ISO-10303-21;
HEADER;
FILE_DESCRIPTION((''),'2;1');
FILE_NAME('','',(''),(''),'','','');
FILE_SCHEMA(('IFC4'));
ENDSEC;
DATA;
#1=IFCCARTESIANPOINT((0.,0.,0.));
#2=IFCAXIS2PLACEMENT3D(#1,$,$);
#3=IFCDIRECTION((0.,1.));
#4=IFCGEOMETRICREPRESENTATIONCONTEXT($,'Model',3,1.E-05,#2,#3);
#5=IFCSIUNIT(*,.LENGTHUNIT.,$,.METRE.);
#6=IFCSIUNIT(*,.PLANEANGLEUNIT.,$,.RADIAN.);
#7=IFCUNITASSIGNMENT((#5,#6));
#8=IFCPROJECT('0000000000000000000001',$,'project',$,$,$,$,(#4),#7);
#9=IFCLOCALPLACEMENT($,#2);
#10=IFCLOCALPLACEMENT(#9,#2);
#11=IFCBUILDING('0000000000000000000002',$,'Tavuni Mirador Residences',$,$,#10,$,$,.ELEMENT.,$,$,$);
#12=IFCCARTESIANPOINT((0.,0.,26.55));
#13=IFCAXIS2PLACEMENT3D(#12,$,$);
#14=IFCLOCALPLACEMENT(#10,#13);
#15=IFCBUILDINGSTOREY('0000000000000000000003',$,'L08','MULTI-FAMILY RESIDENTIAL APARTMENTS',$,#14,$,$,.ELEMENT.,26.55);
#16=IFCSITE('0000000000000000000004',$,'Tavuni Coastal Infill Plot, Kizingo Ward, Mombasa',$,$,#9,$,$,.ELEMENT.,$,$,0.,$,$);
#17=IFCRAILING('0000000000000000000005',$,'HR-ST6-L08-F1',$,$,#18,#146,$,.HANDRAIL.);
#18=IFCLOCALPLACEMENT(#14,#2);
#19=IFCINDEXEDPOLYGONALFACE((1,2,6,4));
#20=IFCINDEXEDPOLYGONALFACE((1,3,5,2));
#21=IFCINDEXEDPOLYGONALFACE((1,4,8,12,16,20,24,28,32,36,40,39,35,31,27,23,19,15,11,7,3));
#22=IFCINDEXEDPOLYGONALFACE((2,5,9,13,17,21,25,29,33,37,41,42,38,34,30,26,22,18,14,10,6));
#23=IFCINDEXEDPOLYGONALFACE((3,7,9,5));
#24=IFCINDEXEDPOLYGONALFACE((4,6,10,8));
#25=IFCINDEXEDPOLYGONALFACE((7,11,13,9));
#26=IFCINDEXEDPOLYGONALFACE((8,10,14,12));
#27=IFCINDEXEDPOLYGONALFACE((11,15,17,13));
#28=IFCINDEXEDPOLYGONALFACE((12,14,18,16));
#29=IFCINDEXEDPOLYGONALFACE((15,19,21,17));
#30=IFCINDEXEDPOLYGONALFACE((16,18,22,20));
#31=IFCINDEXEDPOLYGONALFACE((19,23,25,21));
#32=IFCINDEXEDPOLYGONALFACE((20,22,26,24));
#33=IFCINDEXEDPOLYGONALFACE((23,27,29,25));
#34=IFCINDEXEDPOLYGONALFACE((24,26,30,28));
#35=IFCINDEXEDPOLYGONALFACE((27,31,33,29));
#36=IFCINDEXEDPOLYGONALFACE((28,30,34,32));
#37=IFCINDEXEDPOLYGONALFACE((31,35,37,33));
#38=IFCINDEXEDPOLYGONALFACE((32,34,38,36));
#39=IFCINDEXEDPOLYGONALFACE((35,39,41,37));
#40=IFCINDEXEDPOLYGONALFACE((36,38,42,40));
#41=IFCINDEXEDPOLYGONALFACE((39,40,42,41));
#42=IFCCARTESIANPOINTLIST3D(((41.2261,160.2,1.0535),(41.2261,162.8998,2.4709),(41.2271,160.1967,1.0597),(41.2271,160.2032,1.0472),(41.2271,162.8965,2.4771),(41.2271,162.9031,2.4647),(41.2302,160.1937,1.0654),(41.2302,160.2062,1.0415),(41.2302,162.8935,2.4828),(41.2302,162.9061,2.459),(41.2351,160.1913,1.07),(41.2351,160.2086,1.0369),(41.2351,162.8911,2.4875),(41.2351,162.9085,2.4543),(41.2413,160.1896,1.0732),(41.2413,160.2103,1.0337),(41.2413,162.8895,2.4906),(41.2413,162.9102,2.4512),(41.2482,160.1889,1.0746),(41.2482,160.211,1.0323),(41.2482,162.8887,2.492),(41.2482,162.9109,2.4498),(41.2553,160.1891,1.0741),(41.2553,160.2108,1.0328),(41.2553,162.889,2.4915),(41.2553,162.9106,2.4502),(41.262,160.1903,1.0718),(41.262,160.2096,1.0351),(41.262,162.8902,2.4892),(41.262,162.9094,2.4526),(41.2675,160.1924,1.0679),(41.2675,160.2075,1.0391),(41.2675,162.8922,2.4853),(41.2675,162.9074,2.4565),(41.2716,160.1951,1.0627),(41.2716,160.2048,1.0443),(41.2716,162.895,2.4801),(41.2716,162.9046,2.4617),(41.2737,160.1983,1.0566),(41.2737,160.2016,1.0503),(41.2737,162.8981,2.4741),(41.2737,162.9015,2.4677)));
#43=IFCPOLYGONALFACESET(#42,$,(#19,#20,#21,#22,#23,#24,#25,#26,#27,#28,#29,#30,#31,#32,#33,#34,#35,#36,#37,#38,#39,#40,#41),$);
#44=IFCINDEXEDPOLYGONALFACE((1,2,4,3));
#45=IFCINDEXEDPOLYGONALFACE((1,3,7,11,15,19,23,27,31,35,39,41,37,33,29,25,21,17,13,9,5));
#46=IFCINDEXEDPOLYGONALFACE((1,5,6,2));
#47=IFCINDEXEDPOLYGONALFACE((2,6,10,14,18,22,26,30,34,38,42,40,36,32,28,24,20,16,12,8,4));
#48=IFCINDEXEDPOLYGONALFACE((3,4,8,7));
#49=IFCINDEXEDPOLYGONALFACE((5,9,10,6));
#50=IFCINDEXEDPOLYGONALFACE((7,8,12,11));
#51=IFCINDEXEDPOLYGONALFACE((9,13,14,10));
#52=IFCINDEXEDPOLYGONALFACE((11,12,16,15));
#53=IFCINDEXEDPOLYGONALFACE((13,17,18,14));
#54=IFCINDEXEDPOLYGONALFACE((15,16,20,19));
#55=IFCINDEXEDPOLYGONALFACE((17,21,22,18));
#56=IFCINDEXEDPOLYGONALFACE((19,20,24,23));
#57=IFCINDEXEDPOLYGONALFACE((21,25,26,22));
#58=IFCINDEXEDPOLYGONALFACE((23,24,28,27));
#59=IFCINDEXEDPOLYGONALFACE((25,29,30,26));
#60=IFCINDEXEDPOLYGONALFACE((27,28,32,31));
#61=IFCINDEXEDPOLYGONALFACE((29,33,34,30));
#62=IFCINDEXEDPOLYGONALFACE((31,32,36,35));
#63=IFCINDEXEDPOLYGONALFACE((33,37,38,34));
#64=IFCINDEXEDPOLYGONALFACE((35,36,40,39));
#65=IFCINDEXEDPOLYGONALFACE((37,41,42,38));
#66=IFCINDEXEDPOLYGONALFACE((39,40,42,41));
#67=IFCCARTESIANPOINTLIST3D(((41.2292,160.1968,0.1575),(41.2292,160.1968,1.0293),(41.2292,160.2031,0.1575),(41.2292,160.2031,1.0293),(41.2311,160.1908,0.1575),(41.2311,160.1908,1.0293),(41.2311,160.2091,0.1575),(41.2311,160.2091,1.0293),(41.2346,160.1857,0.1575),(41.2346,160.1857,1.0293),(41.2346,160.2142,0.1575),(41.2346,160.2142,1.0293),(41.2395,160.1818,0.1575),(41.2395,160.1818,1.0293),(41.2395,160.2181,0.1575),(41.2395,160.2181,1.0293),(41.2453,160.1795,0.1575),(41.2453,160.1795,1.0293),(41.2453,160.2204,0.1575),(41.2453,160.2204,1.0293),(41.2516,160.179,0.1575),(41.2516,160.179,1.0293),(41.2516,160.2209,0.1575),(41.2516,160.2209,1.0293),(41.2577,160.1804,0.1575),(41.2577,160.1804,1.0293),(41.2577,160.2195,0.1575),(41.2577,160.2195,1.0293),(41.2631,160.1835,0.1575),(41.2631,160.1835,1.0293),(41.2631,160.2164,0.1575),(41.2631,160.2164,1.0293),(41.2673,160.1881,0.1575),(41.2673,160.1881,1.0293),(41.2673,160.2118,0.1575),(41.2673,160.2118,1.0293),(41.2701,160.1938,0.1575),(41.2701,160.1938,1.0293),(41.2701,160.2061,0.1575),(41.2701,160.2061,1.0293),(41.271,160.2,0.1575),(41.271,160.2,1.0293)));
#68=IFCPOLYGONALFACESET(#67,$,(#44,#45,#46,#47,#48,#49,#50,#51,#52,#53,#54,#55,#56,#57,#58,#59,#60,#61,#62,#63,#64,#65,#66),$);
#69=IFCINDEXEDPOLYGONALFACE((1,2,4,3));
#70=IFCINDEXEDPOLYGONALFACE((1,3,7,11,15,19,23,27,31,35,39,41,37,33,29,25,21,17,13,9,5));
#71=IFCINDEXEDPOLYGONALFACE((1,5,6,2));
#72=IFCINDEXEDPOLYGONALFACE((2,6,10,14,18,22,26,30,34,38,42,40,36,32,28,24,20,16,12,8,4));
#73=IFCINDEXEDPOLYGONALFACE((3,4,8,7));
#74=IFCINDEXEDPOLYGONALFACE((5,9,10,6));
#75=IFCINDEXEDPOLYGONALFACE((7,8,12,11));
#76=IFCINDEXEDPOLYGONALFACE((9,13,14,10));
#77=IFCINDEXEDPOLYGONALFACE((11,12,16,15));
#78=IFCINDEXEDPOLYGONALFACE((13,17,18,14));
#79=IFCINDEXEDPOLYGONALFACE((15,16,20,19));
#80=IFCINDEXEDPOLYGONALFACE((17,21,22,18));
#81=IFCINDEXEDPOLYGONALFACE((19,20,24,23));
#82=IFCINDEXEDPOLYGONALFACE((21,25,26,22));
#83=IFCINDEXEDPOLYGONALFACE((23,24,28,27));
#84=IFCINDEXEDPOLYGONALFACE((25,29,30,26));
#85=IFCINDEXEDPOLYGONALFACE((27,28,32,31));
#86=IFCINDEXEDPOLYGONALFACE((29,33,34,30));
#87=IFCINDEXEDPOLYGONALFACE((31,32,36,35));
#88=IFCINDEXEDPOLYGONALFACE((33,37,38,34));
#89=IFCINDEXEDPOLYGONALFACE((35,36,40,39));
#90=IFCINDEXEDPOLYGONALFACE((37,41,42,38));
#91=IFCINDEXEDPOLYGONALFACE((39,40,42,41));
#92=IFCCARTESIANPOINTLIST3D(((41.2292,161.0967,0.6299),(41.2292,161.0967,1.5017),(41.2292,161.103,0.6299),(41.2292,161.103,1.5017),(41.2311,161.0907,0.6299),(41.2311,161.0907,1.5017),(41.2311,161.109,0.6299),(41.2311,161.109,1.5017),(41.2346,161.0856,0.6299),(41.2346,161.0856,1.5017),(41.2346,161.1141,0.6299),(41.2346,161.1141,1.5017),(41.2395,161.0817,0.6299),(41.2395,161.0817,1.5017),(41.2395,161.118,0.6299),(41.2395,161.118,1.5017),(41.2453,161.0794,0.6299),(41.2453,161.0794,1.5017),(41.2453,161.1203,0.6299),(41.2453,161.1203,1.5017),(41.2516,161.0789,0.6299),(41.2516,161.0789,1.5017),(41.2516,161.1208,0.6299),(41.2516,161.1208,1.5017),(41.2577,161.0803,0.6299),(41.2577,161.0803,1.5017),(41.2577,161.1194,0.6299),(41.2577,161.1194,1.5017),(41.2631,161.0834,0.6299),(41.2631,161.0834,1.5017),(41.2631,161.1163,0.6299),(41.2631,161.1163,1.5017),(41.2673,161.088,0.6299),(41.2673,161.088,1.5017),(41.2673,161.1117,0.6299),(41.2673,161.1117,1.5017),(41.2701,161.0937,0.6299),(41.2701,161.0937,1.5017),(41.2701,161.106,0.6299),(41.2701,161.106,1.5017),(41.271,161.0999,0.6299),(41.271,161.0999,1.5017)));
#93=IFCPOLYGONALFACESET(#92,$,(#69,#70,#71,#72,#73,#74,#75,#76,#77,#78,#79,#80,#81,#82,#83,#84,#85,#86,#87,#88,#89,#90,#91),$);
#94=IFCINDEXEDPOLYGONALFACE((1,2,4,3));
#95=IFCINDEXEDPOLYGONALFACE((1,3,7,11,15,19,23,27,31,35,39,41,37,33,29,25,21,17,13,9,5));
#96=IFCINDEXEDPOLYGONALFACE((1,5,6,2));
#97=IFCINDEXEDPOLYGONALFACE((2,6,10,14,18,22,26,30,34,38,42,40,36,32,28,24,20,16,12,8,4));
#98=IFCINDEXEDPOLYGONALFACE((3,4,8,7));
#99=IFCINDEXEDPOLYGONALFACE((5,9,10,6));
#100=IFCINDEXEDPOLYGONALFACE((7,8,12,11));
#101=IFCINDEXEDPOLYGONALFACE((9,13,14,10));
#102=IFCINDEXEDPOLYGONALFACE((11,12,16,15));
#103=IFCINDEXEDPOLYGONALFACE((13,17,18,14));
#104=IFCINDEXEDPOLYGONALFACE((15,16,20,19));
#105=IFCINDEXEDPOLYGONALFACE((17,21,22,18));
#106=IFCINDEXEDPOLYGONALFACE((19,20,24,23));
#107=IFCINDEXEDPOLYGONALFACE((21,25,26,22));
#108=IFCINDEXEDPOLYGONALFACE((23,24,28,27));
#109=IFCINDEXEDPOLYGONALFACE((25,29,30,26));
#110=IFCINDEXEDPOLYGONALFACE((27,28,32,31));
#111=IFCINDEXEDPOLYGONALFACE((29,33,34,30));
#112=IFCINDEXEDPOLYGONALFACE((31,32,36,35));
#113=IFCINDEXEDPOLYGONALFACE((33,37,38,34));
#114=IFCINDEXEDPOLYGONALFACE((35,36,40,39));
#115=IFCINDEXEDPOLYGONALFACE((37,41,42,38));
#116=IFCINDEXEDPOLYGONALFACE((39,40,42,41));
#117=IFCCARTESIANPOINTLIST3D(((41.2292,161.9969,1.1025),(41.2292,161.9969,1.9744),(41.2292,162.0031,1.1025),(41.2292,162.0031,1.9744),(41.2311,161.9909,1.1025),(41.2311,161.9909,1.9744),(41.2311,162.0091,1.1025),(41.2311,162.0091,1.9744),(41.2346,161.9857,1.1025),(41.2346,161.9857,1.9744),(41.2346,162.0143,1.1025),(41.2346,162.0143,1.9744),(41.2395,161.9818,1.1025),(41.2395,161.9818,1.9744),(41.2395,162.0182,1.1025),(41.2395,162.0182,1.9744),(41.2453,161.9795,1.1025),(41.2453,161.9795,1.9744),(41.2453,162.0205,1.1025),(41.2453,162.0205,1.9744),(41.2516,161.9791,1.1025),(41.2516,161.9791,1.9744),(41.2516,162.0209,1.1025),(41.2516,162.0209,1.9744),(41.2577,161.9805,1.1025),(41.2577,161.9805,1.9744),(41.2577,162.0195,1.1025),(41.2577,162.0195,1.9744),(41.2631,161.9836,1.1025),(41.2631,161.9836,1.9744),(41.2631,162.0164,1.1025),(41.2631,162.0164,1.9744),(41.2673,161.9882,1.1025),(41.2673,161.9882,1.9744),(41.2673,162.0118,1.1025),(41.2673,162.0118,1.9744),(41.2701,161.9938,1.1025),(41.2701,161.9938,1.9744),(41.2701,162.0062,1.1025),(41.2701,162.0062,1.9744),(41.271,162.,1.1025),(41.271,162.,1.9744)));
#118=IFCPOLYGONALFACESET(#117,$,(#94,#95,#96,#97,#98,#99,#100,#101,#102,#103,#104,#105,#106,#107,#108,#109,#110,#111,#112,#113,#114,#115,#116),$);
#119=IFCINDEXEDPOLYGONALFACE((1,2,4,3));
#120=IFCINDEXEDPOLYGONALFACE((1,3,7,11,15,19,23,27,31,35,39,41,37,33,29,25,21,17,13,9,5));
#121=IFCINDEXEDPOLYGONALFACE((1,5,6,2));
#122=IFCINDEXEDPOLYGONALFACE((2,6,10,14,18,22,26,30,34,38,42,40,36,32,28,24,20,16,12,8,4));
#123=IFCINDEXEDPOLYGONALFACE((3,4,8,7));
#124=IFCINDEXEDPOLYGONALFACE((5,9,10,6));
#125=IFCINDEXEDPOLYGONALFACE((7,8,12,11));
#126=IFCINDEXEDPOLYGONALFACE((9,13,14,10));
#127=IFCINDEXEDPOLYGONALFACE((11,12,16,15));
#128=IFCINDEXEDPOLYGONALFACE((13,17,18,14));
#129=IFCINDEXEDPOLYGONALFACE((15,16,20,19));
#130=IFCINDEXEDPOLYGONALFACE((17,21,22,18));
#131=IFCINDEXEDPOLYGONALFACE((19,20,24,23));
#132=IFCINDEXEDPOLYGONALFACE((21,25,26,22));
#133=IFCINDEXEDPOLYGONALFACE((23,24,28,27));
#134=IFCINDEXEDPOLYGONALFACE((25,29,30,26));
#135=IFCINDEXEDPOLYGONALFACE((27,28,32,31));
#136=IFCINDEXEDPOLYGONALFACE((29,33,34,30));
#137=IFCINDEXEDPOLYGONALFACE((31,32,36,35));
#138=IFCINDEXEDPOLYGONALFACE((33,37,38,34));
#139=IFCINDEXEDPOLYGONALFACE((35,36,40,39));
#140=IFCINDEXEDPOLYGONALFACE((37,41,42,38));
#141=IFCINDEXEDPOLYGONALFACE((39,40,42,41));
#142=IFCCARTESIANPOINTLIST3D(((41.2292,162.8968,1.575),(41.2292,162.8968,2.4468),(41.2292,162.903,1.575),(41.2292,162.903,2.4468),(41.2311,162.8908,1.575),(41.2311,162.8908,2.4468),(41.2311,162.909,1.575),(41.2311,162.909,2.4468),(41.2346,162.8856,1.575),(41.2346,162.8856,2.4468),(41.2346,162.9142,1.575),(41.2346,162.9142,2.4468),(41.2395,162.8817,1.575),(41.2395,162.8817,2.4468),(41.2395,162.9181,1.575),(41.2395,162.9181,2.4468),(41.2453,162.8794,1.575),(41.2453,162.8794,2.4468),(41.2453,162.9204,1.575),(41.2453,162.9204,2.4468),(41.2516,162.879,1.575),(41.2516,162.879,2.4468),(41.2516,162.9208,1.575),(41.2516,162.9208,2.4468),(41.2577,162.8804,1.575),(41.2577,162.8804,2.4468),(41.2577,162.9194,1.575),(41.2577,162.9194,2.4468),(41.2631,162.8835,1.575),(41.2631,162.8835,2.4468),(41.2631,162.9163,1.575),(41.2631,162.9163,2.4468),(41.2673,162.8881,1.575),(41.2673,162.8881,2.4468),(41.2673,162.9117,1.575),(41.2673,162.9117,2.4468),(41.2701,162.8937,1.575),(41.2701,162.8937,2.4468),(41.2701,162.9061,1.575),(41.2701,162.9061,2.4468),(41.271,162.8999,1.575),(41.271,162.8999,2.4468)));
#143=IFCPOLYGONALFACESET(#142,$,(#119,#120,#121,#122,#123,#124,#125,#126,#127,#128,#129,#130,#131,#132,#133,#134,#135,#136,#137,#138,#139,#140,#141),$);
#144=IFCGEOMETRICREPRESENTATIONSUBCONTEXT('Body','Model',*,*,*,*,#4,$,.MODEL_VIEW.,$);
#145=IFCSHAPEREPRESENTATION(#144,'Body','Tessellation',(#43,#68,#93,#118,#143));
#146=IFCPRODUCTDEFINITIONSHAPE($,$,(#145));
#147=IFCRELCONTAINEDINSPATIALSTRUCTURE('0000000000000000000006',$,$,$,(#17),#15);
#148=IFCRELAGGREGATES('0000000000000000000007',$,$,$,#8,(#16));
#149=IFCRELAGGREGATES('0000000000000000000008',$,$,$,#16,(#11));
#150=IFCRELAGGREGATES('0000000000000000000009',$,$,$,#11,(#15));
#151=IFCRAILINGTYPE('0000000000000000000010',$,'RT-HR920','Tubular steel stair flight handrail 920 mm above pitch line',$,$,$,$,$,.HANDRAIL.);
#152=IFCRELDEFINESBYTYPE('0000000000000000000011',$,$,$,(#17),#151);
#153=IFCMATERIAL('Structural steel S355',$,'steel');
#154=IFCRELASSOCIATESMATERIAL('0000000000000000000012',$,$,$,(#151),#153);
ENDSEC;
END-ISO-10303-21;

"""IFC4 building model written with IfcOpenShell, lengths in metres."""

from ifc_helpers import new_model, si_unit, direction, frame, origin, origin_2d, place, context, subcontext, project, spatial, circle, extrude, material, type_object, element, save


model = new_model("IFC4")

# Units and contexts
model_context = context("Model", 3, precision=1e-05, world=origin(), true_north=direction((0.0, 1.0)))
body_context = subcontext(model_context, "Body", "Model", "MODEL_VIEW")
ifc_project = project(units=[si_unit("LENGTHUNIT", "METRE"), si_unit("PLANEANGLEUNIT", "RADIAN")], contexts=[model_context])

# Site, building, storey
site_placement = place(None, origin())
site = spatial("IfcSite", under=ifc_project, at=site_placement, Name="Tavuni Coastal Infill Plot, Kizingo Ward, Mombasa", CompositionType="ELEMENT", RefElevation=0.0)
building_placement = place(site_placement, origin())
building = spatial("IfcBuilding", under=site, at=building_placement, Name="Tavuni Mirador Residences", CompositionType="ELEMENT")
storey_placement = place(building_placement, frame((0.0, 0.0, 26.55)))
storey = spatial("IfcBuildingStorey", under=building, at=storey_placement, Name="L08", Description="MULTI-FAMILY RESIDENTIAL APARTMENTS", CompositionType="ELEMENT", Elevation=26.55)

# Shared definitions
ifc_material_1 = material(Name="Structural steel S355", Category="steel")

# Railing
railing_type_1 = type_object("IfcRailingType", Name="RT-HR920", Description="Tubular steel stair flight handrail 920 mm above pitch line", PredefinedType="HANDRAIL", material=ifc_material_1)
railing_1_placement = place(storey_placement, frame((41.25, 160.2, 0.1575)))
element("IfcRailing", 1, at=railing_1_placement, inside=storey, type_object=railing_type_1, Name="HR-ST6-L08-F1", PredefinedType="HANDRAIL", context=body_context, shape_type="SweptSolid", body=[
    extrude(circle(Radius=0.0239, at=origin_2d()), frame((0.0, 0.0, 0.896), z_axis=(0.0, 0.885397, 0.464835), x_axis=(-1.0, 0.0, 0.0)), (0.0, 0.0, 1.0), 3.0493),
    extrude(circle(Radius=0.021, at=origin_2d()), origin(), (0.0, 0.0, 1.0), 0.8718),
    extrude(circle(Radius=0.021, at=origin_2d()), frame((0.0, 0.8999, 0.4724)), (0.0, 0.0, 1.0), 0.8718),
    extrude(circle(Radius=0.021, at=origin_2d()), frame((0.0, 1.8, 0.9451)), (0.0, 0.0, 1.0), 0.8718),
    extrude(circle(Radius=0.021, at=origin_2d()), frame((0.0, 2.7, 1.4175)), (0.0, 0.0, 1.0), 0.8718),
])

save(model, "model.ifc")
